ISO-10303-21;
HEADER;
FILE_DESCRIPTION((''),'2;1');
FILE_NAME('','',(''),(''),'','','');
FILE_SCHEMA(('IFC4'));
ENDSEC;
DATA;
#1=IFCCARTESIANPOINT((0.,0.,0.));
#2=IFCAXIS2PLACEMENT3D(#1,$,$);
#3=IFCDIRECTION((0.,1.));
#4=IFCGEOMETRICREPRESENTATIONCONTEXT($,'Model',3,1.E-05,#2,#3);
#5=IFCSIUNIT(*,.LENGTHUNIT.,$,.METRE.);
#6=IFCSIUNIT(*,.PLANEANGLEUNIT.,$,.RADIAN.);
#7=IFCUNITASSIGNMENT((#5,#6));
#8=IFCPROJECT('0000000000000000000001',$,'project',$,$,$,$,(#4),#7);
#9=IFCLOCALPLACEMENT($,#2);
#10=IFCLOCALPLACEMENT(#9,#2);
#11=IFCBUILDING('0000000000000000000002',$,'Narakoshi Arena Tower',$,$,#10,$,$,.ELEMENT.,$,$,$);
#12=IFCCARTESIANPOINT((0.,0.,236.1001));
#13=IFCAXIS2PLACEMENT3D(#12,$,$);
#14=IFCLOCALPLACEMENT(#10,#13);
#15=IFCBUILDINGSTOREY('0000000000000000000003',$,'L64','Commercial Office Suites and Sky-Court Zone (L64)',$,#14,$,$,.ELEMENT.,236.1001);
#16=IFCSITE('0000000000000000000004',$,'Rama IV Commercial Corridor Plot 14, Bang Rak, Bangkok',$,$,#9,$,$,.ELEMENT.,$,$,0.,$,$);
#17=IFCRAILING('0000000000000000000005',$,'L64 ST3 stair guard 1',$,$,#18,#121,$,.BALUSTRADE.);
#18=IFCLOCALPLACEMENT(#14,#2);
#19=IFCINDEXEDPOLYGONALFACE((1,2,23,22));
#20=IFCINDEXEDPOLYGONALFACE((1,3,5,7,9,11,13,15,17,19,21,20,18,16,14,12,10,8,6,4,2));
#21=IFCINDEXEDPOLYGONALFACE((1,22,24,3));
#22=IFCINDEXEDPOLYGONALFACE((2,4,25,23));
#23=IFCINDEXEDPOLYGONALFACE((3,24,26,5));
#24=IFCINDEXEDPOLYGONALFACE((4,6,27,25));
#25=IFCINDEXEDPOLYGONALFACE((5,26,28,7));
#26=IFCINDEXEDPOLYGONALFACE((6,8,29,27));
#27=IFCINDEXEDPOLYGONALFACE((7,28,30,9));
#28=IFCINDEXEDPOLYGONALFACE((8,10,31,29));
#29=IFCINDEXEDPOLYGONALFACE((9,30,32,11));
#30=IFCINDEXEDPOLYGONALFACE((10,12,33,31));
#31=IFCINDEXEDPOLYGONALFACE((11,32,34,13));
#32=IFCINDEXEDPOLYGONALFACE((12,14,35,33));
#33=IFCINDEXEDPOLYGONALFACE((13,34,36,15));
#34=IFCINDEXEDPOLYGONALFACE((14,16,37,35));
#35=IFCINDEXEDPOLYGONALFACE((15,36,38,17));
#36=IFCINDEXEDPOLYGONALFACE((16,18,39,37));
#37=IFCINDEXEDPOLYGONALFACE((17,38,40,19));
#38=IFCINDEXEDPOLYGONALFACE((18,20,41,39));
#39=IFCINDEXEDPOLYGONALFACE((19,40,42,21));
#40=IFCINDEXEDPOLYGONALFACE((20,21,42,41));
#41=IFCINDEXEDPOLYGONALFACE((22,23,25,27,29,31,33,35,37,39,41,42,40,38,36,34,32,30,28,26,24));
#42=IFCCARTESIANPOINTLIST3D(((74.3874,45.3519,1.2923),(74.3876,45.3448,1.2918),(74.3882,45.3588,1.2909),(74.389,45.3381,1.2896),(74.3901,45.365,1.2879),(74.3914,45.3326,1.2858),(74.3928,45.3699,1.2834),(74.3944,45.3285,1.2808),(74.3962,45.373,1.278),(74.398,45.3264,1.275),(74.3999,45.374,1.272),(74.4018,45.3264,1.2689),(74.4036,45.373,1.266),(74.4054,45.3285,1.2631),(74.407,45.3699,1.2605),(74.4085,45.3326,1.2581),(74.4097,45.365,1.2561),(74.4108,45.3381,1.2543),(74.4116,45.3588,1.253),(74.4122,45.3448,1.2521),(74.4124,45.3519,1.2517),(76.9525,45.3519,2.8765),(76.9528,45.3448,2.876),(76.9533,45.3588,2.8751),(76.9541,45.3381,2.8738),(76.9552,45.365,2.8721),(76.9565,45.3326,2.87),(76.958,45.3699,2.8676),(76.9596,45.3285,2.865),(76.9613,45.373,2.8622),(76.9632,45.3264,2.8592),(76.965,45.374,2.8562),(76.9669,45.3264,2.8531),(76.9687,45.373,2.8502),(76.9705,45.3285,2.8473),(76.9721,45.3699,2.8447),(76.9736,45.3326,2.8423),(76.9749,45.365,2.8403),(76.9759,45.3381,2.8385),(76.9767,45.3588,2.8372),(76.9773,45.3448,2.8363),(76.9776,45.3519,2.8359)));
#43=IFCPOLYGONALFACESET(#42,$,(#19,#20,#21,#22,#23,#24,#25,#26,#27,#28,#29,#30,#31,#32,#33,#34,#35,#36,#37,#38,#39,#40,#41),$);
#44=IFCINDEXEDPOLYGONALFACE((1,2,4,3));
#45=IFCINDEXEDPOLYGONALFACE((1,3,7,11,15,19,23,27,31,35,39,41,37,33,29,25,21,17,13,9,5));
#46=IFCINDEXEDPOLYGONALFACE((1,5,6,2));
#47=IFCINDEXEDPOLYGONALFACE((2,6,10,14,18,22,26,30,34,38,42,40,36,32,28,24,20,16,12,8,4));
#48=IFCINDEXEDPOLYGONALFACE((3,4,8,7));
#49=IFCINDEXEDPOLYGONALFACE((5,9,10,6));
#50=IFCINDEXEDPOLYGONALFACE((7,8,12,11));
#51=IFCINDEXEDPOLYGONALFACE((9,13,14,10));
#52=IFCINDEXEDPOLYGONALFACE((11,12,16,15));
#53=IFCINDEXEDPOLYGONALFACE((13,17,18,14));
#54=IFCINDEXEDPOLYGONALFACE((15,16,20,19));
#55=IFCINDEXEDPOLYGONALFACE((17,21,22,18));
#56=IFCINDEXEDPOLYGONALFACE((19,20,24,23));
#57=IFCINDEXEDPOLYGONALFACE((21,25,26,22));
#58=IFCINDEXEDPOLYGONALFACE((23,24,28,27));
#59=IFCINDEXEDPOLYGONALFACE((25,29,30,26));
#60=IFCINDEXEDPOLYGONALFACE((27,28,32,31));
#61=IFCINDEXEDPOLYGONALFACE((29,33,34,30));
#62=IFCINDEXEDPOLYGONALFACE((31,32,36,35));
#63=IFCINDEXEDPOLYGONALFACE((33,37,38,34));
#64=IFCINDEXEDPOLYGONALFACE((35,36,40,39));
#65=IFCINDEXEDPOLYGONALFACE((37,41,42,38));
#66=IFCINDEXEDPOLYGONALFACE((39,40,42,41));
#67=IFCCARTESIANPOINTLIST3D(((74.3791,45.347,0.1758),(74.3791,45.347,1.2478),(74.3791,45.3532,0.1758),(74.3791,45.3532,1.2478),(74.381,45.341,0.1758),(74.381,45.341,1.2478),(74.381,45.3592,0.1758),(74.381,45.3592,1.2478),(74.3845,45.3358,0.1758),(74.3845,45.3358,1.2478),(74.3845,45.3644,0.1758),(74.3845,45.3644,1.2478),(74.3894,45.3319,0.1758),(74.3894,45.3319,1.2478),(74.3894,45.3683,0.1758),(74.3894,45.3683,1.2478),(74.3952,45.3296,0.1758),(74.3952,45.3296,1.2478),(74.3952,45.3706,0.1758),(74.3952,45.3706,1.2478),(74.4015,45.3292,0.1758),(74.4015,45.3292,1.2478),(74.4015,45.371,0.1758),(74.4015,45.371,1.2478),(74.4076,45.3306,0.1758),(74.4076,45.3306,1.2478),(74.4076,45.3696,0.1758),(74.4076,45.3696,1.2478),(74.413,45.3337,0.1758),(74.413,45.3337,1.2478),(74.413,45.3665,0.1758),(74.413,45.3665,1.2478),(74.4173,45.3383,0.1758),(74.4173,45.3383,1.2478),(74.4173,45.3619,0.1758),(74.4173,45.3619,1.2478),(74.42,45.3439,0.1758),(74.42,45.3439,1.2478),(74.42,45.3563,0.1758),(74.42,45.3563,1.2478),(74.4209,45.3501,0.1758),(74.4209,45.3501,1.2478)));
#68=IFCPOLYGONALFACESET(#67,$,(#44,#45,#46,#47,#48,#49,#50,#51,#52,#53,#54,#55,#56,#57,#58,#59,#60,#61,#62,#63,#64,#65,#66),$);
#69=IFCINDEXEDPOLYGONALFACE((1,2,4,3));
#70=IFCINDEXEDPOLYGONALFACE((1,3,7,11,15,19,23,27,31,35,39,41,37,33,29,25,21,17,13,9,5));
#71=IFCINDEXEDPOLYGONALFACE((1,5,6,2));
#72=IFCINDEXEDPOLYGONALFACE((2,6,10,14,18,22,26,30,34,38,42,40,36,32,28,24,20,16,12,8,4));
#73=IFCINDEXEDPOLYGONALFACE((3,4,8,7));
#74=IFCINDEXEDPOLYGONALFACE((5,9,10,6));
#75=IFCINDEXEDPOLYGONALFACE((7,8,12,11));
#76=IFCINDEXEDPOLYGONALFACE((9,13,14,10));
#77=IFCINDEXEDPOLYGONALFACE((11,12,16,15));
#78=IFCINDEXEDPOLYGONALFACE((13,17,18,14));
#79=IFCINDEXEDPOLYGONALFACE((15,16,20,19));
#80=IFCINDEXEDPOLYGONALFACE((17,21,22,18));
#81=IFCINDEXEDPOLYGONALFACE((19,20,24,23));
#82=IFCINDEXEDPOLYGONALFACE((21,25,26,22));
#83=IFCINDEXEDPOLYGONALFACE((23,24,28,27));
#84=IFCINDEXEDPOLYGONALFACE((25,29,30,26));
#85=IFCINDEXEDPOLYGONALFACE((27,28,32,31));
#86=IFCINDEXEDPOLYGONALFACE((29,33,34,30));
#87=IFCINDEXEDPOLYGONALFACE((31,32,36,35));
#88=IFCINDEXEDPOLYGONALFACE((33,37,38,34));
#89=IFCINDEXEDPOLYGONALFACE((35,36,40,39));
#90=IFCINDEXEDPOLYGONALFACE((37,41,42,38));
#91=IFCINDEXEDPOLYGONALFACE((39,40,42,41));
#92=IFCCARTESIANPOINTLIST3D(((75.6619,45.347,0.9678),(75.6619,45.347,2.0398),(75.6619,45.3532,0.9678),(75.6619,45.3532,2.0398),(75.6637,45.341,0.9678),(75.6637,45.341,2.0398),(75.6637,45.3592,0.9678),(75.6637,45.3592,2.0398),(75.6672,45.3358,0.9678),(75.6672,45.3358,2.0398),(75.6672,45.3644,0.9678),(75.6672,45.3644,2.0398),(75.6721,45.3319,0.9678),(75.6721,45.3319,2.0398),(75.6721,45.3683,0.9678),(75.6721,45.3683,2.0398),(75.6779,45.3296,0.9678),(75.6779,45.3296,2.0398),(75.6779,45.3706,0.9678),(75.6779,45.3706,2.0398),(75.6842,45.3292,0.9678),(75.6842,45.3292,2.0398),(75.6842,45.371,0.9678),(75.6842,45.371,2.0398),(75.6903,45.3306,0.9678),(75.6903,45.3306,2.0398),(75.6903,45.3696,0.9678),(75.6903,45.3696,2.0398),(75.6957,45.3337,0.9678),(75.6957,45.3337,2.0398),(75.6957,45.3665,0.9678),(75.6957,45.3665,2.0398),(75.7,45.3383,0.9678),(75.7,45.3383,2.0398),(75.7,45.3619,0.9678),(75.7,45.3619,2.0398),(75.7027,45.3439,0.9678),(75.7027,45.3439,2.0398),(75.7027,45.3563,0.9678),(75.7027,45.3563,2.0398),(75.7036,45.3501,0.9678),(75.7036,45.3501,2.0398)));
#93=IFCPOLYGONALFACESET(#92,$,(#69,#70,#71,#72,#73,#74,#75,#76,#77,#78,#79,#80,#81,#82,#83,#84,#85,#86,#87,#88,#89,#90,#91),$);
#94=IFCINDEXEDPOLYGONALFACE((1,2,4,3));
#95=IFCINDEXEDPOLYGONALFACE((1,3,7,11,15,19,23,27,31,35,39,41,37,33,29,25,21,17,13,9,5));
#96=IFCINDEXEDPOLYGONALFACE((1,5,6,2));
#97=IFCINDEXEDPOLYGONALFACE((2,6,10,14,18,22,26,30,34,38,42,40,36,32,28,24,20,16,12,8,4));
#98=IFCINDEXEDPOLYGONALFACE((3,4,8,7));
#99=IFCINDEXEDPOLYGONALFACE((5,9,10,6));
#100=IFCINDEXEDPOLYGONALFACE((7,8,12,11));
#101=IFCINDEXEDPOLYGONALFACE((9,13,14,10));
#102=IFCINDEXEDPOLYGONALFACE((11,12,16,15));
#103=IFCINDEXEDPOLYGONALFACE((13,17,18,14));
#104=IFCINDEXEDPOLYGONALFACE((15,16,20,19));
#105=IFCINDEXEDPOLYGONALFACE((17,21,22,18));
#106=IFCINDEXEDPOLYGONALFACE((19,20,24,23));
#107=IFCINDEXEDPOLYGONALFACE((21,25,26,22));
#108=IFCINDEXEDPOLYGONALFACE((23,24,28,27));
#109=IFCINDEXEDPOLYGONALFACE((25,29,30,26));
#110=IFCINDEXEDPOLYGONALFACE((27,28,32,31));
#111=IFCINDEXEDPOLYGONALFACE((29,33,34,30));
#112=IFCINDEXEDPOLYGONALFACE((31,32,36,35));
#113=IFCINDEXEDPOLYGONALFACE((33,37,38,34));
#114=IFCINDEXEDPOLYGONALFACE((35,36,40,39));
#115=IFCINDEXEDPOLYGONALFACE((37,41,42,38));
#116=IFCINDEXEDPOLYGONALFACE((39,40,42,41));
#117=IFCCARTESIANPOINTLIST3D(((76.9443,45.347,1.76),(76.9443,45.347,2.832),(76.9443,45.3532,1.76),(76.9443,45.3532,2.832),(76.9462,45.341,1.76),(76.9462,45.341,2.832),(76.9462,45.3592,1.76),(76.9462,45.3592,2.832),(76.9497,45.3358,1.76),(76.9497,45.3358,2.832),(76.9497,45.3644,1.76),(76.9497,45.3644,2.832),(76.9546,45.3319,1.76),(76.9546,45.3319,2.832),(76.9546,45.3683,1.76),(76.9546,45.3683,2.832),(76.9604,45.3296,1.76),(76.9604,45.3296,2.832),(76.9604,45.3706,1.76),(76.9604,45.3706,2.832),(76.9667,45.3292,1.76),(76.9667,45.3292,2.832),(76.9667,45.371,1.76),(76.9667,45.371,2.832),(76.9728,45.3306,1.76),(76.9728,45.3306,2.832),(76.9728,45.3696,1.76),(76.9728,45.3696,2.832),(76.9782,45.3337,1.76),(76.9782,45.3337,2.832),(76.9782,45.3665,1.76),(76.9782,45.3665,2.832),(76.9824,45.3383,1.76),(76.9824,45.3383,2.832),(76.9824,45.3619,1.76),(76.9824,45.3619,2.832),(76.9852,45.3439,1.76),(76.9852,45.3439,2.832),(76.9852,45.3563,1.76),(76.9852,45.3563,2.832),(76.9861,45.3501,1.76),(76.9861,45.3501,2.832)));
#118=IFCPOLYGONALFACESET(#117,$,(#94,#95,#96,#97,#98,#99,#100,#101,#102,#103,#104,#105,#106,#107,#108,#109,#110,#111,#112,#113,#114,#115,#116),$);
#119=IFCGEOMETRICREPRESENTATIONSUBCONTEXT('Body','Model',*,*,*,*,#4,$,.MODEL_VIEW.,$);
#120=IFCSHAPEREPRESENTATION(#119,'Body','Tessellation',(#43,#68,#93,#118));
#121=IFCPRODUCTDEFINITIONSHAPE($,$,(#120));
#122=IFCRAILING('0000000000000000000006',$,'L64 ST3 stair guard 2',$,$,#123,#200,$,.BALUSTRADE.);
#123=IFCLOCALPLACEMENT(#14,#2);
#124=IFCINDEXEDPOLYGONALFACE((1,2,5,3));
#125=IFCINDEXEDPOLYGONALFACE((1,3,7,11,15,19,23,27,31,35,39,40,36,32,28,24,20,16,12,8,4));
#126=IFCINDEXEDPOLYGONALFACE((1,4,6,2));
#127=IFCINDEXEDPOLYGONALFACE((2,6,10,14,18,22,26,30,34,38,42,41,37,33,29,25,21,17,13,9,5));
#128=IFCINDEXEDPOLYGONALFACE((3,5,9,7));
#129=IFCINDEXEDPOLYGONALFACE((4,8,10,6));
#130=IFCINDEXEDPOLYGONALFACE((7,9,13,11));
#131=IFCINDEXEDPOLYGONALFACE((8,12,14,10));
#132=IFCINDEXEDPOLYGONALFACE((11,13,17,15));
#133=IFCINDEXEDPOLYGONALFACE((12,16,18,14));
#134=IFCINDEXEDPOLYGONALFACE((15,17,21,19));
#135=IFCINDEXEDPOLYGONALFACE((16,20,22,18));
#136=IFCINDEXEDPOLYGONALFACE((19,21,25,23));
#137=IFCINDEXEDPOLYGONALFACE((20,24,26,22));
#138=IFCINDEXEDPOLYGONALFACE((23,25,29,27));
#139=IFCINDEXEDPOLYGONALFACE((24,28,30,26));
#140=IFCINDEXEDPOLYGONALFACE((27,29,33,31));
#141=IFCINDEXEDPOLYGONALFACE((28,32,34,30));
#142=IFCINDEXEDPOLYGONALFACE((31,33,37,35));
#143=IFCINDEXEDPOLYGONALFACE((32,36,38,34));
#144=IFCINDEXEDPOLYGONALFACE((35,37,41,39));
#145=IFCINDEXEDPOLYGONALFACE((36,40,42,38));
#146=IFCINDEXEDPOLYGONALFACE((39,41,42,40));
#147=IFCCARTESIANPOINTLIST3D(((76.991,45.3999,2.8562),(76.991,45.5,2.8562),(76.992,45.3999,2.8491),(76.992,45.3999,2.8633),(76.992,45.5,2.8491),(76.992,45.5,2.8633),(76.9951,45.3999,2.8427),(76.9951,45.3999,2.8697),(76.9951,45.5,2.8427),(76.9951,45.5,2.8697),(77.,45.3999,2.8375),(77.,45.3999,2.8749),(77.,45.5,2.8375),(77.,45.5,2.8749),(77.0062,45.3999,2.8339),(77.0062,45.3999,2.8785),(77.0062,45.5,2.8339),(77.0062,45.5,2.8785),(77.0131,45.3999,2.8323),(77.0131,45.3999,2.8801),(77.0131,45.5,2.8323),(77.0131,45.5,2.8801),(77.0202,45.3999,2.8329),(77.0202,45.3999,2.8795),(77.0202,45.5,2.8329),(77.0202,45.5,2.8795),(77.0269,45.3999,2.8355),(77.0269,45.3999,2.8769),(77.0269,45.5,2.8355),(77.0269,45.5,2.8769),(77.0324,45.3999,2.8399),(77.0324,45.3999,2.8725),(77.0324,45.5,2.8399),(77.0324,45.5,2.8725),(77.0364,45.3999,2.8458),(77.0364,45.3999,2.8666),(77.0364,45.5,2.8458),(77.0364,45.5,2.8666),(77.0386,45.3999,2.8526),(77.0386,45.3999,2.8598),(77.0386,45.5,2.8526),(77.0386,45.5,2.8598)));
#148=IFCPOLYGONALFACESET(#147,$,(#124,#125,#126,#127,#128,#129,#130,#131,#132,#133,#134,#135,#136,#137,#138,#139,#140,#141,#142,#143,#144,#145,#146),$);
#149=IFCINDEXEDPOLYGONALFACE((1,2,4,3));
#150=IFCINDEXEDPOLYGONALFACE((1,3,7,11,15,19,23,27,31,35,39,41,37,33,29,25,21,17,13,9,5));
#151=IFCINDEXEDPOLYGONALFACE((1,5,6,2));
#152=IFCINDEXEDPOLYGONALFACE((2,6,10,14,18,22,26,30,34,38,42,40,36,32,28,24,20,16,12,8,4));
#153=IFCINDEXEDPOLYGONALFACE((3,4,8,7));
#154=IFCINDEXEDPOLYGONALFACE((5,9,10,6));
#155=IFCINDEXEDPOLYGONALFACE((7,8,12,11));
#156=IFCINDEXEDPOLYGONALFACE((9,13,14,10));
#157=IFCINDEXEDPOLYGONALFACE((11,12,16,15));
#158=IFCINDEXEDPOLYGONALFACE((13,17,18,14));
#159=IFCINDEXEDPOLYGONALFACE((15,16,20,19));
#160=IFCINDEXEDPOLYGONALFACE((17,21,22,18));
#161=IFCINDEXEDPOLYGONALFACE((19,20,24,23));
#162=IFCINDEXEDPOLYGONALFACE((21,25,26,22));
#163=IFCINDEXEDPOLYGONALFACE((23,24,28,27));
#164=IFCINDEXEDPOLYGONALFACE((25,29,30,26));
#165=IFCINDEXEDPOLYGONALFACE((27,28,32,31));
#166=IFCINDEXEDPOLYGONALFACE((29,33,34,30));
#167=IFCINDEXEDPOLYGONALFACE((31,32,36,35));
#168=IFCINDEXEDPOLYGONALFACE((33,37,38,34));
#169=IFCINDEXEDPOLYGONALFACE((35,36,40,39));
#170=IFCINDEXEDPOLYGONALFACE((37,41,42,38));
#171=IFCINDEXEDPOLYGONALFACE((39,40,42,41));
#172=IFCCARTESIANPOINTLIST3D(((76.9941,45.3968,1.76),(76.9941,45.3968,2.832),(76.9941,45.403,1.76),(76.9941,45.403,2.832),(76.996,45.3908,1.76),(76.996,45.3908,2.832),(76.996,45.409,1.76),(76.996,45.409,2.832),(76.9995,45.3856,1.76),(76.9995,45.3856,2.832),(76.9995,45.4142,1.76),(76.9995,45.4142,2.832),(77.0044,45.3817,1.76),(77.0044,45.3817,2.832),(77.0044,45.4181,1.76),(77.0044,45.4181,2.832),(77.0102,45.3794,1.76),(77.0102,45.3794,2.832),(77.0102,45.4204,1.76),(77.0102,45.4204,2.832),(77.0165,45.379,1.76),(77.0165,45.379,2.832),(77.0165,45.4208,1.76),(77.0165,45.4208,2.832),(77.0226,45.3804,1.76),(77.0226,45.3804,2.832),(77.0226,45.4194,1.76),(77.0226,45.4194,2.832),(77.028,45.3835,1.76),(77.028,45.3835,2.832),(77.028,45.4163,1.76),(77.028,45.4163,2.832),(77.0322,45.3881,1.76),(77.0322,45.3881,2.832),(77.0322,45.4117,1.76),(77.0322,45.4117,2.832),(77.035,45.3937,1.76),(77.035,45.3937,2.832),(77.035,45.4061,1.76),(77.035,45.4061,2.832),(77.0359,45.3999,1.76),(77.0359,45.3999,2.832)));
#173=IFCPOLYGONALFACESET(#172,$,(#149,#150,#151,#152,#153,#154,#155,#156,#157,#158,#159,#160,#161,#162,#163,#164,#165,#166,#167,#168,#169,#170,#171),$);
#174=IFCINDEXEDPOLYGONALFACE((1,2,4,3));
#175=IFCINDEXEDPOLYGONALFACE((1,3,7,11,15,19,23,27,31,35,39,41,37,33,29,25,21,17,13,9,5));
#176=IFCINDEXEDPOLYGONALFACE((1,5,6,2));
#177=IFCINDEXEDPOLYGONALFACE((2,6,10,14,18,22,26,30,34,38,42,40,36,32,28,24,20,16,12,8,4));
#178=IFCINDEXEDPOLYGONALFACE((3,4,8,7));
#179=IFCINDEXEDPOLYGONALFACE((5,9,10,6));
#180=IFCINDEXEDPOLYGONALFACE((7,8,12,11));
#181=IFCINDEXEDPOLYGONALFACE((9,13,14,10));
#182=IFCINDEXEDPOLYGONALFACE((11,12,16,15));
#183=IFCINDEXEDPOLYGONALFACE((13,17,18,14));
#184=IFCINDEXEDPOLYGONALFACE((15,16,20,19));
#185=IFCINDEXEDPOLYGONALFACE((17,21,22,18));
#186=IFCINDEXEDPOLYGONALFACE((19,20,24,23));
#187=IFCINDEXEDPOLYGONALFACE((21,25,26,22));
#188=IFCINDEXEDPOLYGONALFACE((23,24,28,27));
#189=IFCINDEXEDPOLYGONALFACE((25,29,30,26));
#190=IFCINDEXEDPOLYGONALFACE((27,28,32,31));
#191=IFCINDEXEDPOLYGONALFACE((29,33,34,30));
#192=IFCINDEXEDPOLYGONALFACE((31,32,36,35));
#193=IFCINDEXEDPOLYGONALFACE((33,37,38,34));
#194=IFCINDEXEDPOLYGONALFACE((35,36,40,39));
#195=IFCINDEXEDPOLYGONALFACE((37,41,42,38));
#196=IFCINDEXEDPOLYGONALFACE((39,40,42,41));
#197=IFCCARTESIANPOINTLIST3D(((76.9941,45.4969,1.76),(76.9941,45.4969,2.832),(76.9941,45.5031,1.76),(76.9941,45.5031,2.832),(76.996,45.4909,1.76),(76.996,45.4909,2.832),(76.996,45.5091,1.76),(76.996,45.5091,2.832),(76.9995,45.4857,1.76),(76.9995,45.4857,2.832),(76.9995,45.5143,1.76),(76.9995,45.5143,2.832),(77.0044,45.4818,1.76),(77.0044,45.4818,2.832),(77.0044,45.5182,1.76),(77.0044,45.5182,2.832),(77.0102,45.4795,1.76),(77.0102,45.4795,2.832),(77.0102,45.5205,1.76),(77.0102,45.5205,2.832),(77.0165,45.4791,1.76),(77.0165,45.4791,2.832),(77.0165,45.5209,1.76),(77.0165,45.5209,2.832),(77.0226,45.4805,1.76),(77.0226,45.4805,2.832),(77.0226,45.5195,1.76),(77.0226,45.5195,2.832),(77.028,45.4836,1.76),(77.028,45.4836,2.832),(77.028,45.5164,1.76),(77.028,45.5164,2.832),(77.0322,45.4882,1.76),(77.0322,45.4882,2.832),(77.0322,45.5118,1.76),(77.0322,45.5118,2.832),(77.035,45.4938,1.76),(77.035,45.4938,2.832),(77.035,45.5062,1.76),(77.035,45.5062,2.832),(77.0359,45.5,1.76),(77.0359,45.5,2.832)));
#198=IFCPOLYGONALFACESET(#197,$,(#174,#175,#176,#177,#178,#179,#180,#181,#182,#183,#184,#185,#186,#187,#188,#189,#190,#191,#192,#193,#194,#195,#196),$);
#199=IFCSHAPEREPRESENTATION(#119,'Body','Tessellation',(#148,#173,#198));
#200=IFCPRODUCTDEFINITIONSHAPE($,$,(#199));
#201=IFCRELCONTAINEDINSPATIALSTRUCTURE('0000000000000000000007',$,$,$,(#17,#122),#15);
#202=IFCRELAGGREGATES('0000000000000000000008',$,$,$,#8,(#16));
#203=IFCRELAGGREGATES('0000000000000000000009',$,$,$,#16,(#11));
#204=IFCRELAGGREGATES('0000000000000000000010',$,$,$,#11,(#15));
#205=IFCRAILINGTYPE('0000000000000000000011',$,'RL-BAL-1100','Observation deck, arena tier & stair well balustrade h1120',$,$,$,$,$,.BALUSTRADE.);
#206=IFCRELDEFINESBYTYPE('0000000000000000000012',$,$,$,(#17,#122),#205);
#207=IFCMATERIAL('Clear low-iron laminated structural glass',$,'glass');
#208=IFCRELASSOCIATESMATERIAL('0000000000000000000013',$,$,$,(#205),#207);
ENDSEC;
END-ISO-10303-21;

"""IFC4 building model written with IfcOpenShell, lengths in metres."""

from ifc_helpers import new_model, si_unit, direction, frame, origin, origin_2d, place, context, subcontext, project, spatial, circle, extrude, material, type_object, element, save


model = new_model("IFC4")

# Units and contexts
model_context = context("Model", 3, precision=1e-05, world=origin(), true_north=direction((0.0, 1.0)))
body_context = subcontext(model_context, "Body", "Model", "MODEL_VIEW")
ifc_project = project(units=[si_unit("LENGTHUNIT", "METRE"), si_unit("PLANEANGLEUNIT", "RADIAN")], contexts=[model_context])

# Site, building, storey
site_placement = place(None, origin())
site = spatial("IfcSite", under=ifc_project, at=site_placement, Name="Rama IV Commercial Corridor Plot 14, Bang Rak, Bangkok", CompositionType="ELEMENT", RefElevation=0.0)
building_placement = place(site_placement, origin())
building = spatial("IfcBuilding", under=site, at=building_placement, Name="Narakoshi Arena Tower", CompositionType="ELEMENT")
storey_placement = place(building_placement, frame((0.0, 0.0, 236.1001)))
storey = spatial("IfcBuildingStorey", under=building, at=storey_placement, Name="L64", Description="Commercial Office Suites and Sky-Court Zone (L64)", CompositionType="ELEMENT", Elevation=236.1001)

# Railings
ifc_material_1 = material(Name="Clear low-iron laminated structural glass", Category="glass")
railing_type_1 = type_object("IfcRailingType", Name="RL-BAL-1100", Description="Observation deck, arena tier & stair well balustrade h1120", PredefinedType="BALUSTRADE", material=ifc_material_1)
railing_1_placement = place(storey_placement, frame((74.3999, 45.3501, 0.1758)))
element("IfcRailing", 1, at=railing_1_placement, inside=storey, type_object=railing_type_1, Name="L64 ST3 stair guard 1", PredefinedType="BALUSTRADE", context=body_context, shape_type="SweptSolid", body=[
    extrude(circle(Radius=0.0239, at=origin_2d()), frame((0.0, 0.0, 1.0962), z_axis=(0.85082, 0.0, 0.525457), x_axis=(0.0, 1.0, 0.0)), (0.0, 0.0, 1.0), 3.0149),
    extrude(circle(Radius=0.021, at=origin_2d()), origin(), (0.0, 0.0, 1.0), 1.072),
    extrude(circle(Radius=0.021, at=origin_2d()), frame((1.2827, 0.0, 0.792)), (0.0, 0.0, 1.0), 1.072),
    extrude(circle(Radius=0.021, at=origin_2d()), frame((2.5652, 0.0, 1.5842)), (0.0, 0.0, 1.0), 1.072),
])
railing_2_placement = place(storey_placement, frame((77.0149, 45.3999, 1.76)))
element("IfcRailing", 2, at=railing_2_placement, inside=storey, type_object=railing_type_1, Name="L64 ST3 stair guard 2", PredefinedType="BALUSTRADE", context=body_context, shape_type="SweptSolid", body=[
    extrude(circle(Radius=0.0239, at=origin_2d()), frame((0.0, 0.0, 1.0962), z_axis=(0.0, 1.0, 0.0), x_axis=(-1.0, 0.0, 0.0)), (0.0, 0.0, 1.0), 0.1001),
    extrude(circle(Radius=0.021, at=origin_2d()), origin(), (0.0, 0.0, 1.0), 1.072),
    extrude(circle(Radius=0.021, at=origin_2d()), frame((0.0, 0.1001, 0.0)), (0.0, 0.0, 1.0), 1.072),
])

save(model, "model.ifc")
